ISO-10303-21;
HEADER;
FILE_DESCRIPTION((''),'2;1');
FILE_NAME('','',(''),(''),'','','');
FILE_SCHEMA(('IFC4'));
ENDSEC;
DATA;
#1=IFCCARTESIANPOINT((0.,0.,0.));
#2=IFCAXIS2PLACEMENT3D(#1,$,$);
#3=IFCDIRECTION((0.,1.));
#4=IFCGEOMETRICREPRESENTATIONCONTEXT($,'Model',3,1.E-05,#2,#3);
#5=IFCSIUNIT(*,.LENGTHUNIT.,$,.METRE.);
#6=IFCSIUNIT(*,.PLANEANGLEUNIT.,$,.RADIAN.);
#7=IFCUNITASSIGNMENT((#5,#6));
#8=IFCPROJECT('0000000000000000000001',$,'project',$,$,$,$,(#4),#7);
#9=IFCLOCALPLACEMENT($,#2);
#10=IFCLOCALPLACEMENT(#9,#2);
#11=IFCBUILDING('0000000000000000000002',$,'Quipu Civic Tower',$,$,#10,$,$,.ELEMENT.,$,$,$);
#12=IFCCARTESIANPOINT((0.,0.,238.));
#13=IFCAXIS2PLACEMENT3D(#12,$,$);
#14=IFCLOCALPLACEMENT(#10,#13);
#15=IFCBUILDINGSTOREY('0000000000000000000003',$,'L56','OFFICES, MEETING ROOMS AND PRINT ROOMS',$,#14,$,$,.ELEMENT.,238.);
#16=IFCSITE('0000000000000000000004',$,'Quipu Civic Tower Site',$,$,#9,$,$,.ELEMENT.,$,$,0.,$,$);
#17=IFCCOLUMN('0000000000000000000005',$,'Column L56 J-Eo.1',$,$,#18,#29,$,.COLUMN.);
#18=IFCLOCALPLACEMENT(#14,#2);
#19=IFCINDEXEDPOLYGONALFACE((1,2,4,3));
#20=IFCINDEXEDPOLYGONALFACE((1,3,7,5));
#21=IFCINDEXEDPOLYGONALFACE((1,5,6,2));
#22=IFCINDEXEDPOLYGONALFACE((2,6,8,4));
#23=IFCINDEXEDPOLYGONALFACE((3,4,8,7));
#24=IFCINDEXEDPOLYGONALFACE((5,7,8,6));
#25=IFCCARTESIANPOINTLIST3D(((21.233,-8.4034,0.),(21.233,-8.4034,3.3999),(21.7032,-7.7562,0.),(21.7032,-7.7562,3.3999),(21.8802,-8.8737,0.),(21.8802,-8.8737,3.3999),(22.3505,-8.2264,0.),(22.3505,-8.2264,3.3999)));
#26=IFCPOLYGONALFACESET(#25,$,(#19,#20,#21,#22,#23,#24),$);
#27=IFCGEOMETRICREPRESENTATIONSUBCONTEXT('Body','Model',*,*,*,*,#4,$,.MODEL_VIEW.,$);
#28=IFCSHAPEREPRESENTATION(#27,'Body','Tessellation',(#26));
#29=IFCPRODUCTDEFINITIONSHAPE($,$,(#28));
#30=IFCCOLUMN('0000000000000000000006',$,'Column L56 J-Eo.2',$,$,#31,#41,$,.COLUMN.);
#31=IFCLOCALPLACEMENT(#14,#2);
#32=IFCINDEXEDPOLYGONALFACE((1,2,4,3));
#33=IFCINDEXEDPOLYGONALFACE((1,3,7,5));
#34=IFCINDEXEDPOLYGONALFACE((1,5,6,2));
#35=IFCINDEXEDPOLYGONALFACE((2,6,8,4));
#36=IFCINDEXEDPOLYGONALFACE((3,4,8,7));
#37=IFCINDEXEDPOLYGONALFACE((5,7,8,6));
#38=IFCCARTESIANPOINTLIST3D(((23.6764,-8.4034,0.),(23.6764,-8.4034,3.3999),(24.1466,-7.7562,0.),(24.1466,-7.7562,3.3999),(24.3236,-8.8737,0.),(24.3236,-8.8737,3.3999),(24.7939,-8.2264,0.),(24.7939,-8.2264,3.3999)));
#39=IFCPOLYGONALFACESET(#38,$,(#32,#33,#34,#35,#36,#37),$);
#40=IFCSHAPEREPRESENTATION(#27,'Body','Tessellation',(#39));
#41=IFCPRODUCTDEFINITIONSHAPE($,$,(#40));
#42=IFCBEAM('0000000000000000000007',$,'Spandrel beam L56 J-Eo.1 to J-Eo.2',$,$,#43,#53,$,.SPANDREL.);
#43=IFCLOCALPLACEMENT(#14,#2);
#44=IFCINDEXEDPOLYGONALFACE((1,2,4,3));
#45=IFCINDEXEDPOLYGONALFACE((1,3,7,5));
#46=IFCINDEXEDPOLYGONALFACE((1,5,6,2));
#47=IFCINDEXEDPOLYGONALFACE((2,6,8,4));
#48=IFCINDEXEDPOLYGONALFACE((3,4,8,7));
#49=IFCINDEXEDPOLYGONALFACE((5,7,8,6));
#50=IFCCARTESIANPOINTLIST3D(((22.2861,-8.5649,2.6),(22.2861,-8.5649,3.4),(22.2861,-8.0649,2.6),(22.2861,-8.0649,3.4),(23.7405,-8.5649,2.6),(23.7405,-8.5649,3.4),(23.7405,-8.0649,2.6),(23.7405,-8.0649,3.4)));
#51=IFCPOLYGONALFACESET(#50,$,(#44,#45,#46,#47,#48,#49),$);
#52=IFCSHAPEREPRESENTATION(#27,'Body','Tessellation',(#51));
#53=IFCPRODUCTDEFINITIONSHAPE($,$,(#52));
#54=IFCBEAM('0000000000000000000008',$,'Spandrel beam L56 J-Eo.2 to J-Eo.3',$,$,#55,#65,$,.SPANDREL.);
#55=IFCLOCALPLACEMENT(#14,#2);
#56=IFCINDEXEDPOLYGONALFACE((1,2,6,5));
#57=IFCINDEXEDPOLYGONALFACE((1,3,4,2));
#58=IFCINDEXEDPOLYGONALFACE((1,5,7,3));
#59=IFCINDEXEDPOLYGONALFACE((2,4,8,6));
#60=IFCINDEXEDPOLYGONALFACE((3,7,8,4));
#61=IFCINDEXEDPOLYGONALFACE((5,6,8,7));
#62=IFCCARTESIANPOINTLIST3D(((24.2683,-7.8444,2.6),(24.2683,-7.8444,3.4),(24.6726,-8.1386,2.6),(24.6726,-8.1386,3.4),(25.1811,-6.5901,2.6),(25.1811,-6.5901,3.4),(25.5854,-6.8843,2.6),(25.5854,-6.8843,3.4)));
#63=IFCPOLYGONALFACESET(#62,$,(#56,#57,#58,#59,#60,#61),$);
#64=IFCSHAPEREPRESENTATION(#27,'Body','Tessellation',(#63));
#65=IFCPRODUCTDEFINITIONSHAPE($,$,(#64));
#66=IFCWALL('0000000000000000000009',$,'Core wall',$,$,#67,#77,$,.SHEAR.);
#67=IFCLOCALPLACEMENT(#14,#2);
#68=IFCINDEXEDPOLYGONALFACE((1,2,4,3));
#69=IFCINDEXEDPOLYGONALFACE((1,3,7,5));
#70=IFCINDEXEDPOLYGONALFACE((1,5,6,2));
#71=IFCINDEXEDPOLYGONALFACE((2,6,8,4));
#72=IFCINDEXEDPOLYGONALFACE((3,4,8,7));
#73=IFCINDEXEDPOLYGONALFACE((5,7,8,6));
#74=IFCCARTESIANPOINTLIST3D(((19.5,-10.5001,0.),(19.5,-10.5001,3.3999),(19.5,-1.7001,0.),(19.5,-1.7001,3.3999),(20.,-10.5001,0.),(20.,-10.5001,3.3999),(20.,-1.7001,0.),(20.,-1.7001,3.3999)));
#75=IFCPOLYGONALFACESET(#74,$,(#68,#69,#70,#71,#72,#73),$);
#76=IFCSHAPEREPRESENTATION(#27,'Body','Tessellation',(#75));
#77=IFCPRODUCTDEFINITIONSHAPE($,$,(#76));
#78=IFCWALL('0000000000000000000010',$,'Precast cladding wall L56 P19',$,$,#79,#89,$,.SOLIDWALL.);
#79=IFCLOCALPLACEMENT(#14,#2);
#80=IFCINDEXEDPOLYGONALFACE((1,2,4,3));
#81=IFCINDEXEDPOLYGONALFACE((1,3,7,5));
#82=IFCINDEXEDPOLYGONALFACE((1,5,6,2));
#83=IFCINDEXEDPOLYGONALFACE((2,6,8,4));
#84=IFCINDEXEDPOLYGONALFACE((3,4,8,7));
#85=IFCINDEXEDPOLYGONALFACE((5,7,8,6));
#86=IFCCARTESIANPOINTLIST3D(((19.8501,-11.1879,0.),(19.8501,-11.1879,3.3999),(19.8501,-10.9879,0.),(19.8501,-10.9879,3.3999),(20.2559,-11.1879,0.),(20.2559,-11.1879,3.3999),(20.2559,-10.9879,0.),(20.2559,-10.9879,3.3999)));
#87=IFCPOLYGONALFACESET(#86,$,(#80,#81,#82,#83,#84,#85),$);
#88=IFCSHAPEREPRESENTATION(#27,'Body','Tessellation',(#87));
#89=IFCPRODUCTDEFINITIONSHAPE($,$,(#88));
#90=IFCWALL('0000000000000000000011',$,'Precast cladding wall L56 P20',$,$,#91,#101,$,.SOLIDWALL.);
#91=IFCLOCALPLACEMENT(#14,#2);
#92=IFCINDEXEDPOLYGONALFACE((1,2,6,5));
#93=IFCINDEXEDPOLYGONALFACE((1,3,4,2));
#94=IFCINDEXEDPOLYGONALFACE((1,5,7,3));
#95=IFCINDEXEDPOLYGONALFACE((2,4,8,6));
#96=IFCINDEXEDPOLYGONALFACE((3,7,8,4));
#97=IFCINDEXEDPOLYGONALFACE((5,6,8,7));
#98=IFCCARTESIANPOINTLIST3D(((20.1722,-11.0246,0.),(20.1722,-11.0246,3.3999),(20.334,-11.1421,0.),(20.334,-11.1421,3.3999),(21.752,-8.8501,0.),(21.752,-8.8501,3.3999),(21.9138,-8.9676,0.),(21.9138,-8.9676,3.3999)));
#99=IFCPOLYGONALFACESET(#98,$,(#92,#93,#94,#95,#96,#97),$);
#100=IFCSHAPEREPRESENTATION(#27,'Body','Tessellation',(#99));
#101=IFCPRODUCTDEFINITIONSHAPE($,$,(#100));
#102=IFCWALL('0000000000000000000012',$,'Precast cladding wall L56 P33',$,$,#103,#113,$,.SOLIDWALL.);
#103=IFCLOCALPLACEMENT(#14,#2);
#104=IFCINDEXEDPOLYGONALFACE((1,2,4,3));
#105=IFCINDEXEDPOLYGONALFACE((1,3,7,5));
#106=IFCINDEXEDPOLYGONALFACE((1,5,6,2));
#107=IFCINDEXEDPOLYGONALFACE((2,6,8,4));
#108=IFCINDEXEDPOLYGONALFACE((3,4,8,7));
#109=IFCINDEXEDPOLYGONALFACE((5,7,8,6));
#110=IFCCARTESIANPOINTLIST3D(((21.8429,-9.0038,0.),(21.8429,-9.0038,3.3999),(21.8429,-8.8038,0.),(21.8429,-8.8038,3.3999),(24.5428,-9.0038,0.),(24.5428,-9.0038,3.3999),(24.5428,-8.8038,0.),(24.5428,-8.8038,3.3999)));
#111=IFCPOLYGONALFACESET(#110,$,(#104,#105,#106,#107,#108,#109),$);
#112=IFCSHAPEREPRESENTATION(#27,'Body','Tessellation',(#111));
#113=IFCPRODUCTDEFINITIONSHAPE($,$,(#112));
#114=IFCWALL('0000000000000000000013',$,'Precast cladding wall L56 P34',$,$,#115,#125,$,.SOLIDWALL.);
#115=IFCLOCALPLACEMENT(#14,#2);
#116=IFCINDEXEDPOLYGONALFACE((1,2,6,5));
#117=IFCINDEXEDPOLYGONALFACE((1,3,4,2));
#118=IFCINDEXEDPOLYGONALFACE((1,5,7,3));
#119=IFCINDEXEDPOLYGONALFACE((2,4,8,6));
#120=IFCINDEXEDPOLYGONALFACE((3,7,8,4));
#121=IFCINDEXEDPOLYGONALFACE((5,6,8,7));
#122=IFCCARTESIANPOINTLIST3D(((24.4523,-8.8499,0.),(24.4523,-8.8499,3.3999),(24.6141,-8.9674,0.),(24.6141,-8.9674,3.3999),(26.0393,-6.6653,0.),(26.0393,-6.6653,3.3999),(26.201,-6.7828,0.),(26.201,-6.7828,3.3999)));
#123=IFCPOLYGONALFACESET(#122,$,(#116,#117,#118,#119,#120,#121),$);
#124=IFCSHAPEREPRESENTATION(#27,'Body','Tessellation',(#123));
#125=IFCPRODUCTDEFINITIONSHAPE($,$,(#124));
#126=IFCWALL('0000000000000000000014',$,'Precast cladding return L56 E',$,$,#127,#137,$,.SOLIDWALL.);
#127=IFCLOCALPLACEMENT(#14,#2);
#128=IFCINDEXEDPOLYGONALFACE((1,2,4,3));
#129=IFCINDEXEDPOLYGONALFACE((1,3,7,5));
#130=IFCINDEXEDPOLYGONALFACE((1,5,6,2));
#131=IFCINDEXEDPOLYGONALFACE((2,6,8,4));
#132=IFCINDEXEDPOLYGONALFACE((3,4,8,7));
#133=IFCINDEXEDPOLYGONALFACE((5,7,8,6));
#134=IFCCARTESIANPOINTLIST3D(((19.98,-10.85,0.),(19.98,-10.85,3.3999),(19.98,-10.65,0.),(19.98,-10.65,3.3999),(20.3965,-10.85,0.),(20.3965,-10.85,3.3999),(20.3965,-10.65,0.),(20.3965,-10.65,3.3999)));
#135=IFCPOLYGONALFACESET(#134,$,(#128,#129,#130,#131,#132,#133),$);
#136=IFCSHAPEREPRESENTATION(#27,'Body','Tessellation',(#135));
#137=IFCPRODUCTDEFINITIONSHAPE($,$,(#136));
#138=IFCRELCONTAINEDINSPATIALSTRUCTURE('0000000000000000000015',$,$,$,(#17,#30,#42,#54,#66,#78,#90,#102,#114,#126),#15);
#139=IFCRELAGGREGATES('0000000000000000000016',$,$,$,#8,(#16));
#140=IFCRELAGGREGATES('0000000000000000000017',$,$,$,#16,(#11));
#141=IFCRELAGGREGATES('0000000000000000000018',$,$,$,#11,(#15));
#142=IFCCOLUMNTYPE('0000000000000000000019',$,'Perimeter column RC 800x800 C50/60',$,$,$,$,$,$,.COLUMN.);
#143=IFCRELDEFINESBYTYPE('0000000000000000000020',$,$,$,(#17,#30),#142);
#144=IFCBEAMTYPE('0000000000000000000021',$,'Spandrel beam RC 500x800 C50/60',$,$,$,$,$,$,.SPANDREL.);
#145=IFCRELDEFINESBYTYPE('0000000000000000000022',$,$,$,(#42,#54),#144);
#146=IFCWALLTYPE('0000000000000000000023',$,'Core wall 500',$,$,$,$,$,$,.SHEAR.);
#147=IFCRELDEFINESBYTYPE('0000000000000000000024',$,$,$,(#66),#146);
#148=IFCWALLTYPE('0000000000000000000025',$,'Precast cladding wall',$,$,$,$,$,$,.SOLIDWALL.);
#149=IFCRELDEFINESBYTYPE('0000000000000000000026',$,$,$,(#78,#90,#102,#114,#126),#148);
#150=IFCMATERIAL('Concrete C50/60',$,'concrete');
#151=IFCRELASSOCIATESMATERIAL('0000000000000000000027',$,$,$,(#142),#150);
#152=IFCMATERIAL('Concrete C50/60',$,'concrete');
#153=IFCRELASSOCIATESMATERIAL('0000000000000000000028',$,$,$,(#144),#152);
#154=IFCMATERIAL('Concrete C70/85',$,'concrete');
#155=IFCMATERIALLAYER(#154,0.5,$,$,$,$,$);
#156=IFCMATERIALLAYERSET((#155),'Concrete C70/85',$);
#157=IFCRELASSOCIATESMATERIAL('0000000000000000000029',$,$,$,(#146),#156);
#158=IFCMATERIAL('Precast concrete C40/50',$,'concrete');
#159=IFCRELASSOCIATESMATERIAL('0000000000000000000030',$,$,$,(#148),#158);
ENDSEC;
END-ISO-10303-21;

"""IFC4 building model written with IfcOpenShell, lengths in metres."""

from ifc_helpers import new_model, si_unit, direction, frame, frame_2d, origin, origin_2d, place, context, subcontext, project, spatial, rectangle, extrude, material, layer, layer_set, material_profile, profile_set, type_object, element, save


model = new_model("IFC4")

# Units and contexts
model_context = context("Model", 3, precision=1e-05, world=origin(), true_north=direction((0.0, 1.0)))
body_context = subcontext(model_context, "Body", "Model", "MODEL_VIEW")
ifc_project = project(units=[si_unit("LENGTHUNIT", "METRE"), si_unit("PLANEANGLEUNIT", "RADIAN")], contexts=[model_context])

# Site, building, storey
site_placement = place(None, origin())
site = spatial("IfcSite", under=ifc_project, at=site_placement, Name="Quipu Civic Tower Site", CompositionType="ELEMENT", RefElevation=0.0)
building_placement = place(site_placement, origin())
building = spatial("IfcBuilding", under=site, at=building_placement, Name="Quipu Civic Tower", CompositionType="ELEMENT")
storey_placement = place(building_placement, frame((0.0, 0.0, 238.0)))
storey = spatial("IfcBuildingStorey", under=building, at=storey_placement, Name="L56", Description="OFFICES, MEETING ROOMS AND PRINT ROOMS", CompositionType="ELEMENT", Elevation=238.0)

# Columns
ifc_material_1 = material(Name="Concrete C50/60", Category="concrete")
ifc_material_profile_1 = material_profile(ifc_material_1, rectangle(XDim=0.8, YDim=0.8, at=origin_2d()), Name="RC800x800")
ifc_profile_set_1 = profile_set([ifc_material_profile_1], Name="Concrete C50/60")
column_type = type_object("IfcColumnType", Name="Perimeter column RC 800x800 C50/60", PredefinedType="COLUMN", material=ifc_profile_set_1)
for number, where, z_axis, x_axis, name in (
    (1, (21.7917, -8.3149, 0.0), (0.0, 0.0, 1.0), (0.587785, 0.809017, 0.0), "Column L56 J-Eo.1"),
    (2, (24.2351, -8.3149, 0.0), (0.0, 0.0, 1.0), (0.587785, 0.809017, 0.0), "Column L56 J-Eo.2"),
):
    element("IfcColumn", number, at=place(storey_placement, frame(where, z_axis=z_axis, x_axis=x_axis)), inside=storey, type_object=column_type, Name=name, PredefinedType="COLUMN", context=body_context, shape_type="SweptSolid", body=[
        extrude(rectangle(XDim=0.8, YDim=0.8, at=origin_2d()), origin(), (0.0, 0.0, 1.0), 3.3999),
    ])

# Beams
ifc_material_2 = material(Name="Concrete C50/60", Category="concrete")
ifc_material_profile_2 = material_profile(ifc_material_2, rectangle(XDim=0.5, YDim=0.8, at=origin_2d()), Name="RC500x800")
ifc_profile_set_2 = profile_set([ifc_material_profile_2], Name="Concrete C50/60")
beam_type = type_object("IfcBeamType", Name="Spandrel beam RC 500x800 C50/60", PredefinedType="SPANDREL", material=ifc_profile_set_2)
beam_1_placement = place(storey_placement, frame((22.2861, -8.3149, 3.0), z_axis=(1.0, 0.0, 0.0), x_axis=(0.0, 1.0, 0.0)))
element("IfcBeam", 3, at=beam_1_placement, inside=storey, type_object=beam_type, Name="Spandrel beam L56 J-Eo.1 to J-Eo.2", PredefinedType="SPANDREL", context=body_context, shape_type="SweptSolid", body=[
    extrude(rectangle(XDim=0.5, YDim=0.8, at=origin_2d()), origin(), (0.0, 0.0, 1.0), 1.4543),
])
beam_2_placement = place(storey_placement, frame((24.4705, -7.9915, 3.0), z_axis=(0.588406, 0.808566, 0.0), x_axis=(-0.808566, 0.588406, 0.0)))
element("IfcBeam", 4, at=beam_2_placement, inside=storey, type_object=beam_type, Name="Spandrel beam L56 J-Eo.2 to J-Eo.3", PredefinedType="SPANDREL", context=body_context, shape_type="SweptSolid", body=[
    extrude(rectangle(XDim=0.5, YDim=0.8, at=origin_2d()), origin(), (0.0, 0.0, 1.0), 1.5513),
])

# Walls
ifc_material_3 = material(Name="Concrete C70/85", Category="concrete")
ifc_layer = layer(ifc_material_3, 0.5)
ifc_layer_set = layer_set([ifc_layer], Name="Concrete C70/85")
wall_type_1 = type_object("IfcWallType", Name="Core wall 500", PredefinedType="SHEAR", material=ifc_layer_set)
wall_1_placement = place(storey_placement, frame((19.75, -10.5, 0.0), z_axis=(0.0, 0.0, 1.0), x_axis=(0.0, 1.0, 0.0)))
element("IfcWall", 5, at=wall_1_placement, inside=storey, type_object=wall_type_1, Name="Core wall", PredefinedType="SHEAR", context=body_context, shape_type="SweptSolid", body=[
    extrude(rectangle(XDim=8.8, YDim=0.5, at=frame_2d((4.3999, 0.0))), origin(), (0.0, 0.0, 1.0), 3.3999),
])
ifc_material_4 = material(Name="Precast concrete C40/50", Category="concrete")
wall_type_2 = type_object("IfcWallType", Name="Precast cladding wall", PredefinedType="SOLIDWALL", material=ifc_material_4)
wall_2_placement = place(storey_placement, frame((19.8501, -11.0879, 0.0), z_axis=(0.0, 0.0, 1.0), x_axis=(1.0, 0.0, 0.0)))
element("IfcWall", 6, at=wall_2_placement, inside=storey, type_object=wall_type_2, Name="Precast cladding wall L56 P19", PredefinedType="SOLIDWALL", context=body_context, shape_type="SweptSolid", body=[
    extrude(rectangle(XDim=0.4058, YDim=0.2, at=frame_2d((0.2029, 0.0))), origin(), (0.0, 0.0, 1.0), 3.3999),
])
wall_3_placement = place(storey_placement, frame((20.2532, -11.0833, 0.0), z_axis=(0.0, 0.0, 1.0), x_axis=(0.587767, 0.809031, 0.0)))
element("IfcWall", 7, at=wall_3_placement, inside=storey, type_object=wall_type_2, Name="Precast cladding wall L56 P20", PredefinedType="SOLIDWALL", context=body_context, shape_type="SweptSolid", body=[
    extrude(rectangle(XDim=2.6877, YDim=0.2, at=frame_2d((1.3438, 0.0))), origin(), (0.0, 0.0, 1.0), 3.3999),
])
wall_4_placement = place(storey_placement, frame((21.8428, -8.9038, 0.0), z_axis=(0.0, 0.0, 1.0), x_axis=(1.0, 0.0, 0.0)))
element("IfcWall", 8, at=wall_4_placement, inside=storey, type_object=wall_type_2, Name="Precast cladding wall L56 P33", PredefinedType="SOLIDWALL", context=body_context, shape_type="SweptSolid", body=[
    extrude(rectangle(XDim=2.7, YDim=0.2, at=frame_2d((1.3501, 0.0))), origin(), (0.0, 0.0, 1.0), 3.3999),
])
wall_5_placement = place(storey_placement, frame((24.5332, -8.9087, 0.0), z_axis=(0.0, 0.0, 1.0), x_axis=(0.58772, 0.809064, 0.0)))
element("IfcWall", 9, at=wall_5_placement, inside=storey, type_object=wall_type_2, Name="Precast cladding wall L56 P34", PredefinedType="SOLIDWALL", context=body_context, shape_type="SweptSolid", body=[
    extrude(rectangle(XDim=2.7002, YDim=0.2, at=frame_2d((1.3501, 0.0))), origin(), (0.0, 0.0, 1.0), 3.3999),
])
wall_6_placement = place(storey_placement, frame((19.98, -10.75, 0.0), z_axis=(0.0, 0.0, 1.0), x_axis=(1.0, 0.0, 0.0)))
element("IfcWall", 10, at=wall_6_placement, inside=storey, type_object=wall_type_2, Name="Precast cladding return L56 E", PredefinedType="SOLIDWALL", context=body_context, shape_type="SweptSolid", body=[
    extrude(rectangle(XDim=0.4165, YDim=0.2, at=frame_2d((0.2083, 0.0))), origin(), (0.0, 0.0, 1.0), 3.3999),
])

save(model, "model.ifc")
